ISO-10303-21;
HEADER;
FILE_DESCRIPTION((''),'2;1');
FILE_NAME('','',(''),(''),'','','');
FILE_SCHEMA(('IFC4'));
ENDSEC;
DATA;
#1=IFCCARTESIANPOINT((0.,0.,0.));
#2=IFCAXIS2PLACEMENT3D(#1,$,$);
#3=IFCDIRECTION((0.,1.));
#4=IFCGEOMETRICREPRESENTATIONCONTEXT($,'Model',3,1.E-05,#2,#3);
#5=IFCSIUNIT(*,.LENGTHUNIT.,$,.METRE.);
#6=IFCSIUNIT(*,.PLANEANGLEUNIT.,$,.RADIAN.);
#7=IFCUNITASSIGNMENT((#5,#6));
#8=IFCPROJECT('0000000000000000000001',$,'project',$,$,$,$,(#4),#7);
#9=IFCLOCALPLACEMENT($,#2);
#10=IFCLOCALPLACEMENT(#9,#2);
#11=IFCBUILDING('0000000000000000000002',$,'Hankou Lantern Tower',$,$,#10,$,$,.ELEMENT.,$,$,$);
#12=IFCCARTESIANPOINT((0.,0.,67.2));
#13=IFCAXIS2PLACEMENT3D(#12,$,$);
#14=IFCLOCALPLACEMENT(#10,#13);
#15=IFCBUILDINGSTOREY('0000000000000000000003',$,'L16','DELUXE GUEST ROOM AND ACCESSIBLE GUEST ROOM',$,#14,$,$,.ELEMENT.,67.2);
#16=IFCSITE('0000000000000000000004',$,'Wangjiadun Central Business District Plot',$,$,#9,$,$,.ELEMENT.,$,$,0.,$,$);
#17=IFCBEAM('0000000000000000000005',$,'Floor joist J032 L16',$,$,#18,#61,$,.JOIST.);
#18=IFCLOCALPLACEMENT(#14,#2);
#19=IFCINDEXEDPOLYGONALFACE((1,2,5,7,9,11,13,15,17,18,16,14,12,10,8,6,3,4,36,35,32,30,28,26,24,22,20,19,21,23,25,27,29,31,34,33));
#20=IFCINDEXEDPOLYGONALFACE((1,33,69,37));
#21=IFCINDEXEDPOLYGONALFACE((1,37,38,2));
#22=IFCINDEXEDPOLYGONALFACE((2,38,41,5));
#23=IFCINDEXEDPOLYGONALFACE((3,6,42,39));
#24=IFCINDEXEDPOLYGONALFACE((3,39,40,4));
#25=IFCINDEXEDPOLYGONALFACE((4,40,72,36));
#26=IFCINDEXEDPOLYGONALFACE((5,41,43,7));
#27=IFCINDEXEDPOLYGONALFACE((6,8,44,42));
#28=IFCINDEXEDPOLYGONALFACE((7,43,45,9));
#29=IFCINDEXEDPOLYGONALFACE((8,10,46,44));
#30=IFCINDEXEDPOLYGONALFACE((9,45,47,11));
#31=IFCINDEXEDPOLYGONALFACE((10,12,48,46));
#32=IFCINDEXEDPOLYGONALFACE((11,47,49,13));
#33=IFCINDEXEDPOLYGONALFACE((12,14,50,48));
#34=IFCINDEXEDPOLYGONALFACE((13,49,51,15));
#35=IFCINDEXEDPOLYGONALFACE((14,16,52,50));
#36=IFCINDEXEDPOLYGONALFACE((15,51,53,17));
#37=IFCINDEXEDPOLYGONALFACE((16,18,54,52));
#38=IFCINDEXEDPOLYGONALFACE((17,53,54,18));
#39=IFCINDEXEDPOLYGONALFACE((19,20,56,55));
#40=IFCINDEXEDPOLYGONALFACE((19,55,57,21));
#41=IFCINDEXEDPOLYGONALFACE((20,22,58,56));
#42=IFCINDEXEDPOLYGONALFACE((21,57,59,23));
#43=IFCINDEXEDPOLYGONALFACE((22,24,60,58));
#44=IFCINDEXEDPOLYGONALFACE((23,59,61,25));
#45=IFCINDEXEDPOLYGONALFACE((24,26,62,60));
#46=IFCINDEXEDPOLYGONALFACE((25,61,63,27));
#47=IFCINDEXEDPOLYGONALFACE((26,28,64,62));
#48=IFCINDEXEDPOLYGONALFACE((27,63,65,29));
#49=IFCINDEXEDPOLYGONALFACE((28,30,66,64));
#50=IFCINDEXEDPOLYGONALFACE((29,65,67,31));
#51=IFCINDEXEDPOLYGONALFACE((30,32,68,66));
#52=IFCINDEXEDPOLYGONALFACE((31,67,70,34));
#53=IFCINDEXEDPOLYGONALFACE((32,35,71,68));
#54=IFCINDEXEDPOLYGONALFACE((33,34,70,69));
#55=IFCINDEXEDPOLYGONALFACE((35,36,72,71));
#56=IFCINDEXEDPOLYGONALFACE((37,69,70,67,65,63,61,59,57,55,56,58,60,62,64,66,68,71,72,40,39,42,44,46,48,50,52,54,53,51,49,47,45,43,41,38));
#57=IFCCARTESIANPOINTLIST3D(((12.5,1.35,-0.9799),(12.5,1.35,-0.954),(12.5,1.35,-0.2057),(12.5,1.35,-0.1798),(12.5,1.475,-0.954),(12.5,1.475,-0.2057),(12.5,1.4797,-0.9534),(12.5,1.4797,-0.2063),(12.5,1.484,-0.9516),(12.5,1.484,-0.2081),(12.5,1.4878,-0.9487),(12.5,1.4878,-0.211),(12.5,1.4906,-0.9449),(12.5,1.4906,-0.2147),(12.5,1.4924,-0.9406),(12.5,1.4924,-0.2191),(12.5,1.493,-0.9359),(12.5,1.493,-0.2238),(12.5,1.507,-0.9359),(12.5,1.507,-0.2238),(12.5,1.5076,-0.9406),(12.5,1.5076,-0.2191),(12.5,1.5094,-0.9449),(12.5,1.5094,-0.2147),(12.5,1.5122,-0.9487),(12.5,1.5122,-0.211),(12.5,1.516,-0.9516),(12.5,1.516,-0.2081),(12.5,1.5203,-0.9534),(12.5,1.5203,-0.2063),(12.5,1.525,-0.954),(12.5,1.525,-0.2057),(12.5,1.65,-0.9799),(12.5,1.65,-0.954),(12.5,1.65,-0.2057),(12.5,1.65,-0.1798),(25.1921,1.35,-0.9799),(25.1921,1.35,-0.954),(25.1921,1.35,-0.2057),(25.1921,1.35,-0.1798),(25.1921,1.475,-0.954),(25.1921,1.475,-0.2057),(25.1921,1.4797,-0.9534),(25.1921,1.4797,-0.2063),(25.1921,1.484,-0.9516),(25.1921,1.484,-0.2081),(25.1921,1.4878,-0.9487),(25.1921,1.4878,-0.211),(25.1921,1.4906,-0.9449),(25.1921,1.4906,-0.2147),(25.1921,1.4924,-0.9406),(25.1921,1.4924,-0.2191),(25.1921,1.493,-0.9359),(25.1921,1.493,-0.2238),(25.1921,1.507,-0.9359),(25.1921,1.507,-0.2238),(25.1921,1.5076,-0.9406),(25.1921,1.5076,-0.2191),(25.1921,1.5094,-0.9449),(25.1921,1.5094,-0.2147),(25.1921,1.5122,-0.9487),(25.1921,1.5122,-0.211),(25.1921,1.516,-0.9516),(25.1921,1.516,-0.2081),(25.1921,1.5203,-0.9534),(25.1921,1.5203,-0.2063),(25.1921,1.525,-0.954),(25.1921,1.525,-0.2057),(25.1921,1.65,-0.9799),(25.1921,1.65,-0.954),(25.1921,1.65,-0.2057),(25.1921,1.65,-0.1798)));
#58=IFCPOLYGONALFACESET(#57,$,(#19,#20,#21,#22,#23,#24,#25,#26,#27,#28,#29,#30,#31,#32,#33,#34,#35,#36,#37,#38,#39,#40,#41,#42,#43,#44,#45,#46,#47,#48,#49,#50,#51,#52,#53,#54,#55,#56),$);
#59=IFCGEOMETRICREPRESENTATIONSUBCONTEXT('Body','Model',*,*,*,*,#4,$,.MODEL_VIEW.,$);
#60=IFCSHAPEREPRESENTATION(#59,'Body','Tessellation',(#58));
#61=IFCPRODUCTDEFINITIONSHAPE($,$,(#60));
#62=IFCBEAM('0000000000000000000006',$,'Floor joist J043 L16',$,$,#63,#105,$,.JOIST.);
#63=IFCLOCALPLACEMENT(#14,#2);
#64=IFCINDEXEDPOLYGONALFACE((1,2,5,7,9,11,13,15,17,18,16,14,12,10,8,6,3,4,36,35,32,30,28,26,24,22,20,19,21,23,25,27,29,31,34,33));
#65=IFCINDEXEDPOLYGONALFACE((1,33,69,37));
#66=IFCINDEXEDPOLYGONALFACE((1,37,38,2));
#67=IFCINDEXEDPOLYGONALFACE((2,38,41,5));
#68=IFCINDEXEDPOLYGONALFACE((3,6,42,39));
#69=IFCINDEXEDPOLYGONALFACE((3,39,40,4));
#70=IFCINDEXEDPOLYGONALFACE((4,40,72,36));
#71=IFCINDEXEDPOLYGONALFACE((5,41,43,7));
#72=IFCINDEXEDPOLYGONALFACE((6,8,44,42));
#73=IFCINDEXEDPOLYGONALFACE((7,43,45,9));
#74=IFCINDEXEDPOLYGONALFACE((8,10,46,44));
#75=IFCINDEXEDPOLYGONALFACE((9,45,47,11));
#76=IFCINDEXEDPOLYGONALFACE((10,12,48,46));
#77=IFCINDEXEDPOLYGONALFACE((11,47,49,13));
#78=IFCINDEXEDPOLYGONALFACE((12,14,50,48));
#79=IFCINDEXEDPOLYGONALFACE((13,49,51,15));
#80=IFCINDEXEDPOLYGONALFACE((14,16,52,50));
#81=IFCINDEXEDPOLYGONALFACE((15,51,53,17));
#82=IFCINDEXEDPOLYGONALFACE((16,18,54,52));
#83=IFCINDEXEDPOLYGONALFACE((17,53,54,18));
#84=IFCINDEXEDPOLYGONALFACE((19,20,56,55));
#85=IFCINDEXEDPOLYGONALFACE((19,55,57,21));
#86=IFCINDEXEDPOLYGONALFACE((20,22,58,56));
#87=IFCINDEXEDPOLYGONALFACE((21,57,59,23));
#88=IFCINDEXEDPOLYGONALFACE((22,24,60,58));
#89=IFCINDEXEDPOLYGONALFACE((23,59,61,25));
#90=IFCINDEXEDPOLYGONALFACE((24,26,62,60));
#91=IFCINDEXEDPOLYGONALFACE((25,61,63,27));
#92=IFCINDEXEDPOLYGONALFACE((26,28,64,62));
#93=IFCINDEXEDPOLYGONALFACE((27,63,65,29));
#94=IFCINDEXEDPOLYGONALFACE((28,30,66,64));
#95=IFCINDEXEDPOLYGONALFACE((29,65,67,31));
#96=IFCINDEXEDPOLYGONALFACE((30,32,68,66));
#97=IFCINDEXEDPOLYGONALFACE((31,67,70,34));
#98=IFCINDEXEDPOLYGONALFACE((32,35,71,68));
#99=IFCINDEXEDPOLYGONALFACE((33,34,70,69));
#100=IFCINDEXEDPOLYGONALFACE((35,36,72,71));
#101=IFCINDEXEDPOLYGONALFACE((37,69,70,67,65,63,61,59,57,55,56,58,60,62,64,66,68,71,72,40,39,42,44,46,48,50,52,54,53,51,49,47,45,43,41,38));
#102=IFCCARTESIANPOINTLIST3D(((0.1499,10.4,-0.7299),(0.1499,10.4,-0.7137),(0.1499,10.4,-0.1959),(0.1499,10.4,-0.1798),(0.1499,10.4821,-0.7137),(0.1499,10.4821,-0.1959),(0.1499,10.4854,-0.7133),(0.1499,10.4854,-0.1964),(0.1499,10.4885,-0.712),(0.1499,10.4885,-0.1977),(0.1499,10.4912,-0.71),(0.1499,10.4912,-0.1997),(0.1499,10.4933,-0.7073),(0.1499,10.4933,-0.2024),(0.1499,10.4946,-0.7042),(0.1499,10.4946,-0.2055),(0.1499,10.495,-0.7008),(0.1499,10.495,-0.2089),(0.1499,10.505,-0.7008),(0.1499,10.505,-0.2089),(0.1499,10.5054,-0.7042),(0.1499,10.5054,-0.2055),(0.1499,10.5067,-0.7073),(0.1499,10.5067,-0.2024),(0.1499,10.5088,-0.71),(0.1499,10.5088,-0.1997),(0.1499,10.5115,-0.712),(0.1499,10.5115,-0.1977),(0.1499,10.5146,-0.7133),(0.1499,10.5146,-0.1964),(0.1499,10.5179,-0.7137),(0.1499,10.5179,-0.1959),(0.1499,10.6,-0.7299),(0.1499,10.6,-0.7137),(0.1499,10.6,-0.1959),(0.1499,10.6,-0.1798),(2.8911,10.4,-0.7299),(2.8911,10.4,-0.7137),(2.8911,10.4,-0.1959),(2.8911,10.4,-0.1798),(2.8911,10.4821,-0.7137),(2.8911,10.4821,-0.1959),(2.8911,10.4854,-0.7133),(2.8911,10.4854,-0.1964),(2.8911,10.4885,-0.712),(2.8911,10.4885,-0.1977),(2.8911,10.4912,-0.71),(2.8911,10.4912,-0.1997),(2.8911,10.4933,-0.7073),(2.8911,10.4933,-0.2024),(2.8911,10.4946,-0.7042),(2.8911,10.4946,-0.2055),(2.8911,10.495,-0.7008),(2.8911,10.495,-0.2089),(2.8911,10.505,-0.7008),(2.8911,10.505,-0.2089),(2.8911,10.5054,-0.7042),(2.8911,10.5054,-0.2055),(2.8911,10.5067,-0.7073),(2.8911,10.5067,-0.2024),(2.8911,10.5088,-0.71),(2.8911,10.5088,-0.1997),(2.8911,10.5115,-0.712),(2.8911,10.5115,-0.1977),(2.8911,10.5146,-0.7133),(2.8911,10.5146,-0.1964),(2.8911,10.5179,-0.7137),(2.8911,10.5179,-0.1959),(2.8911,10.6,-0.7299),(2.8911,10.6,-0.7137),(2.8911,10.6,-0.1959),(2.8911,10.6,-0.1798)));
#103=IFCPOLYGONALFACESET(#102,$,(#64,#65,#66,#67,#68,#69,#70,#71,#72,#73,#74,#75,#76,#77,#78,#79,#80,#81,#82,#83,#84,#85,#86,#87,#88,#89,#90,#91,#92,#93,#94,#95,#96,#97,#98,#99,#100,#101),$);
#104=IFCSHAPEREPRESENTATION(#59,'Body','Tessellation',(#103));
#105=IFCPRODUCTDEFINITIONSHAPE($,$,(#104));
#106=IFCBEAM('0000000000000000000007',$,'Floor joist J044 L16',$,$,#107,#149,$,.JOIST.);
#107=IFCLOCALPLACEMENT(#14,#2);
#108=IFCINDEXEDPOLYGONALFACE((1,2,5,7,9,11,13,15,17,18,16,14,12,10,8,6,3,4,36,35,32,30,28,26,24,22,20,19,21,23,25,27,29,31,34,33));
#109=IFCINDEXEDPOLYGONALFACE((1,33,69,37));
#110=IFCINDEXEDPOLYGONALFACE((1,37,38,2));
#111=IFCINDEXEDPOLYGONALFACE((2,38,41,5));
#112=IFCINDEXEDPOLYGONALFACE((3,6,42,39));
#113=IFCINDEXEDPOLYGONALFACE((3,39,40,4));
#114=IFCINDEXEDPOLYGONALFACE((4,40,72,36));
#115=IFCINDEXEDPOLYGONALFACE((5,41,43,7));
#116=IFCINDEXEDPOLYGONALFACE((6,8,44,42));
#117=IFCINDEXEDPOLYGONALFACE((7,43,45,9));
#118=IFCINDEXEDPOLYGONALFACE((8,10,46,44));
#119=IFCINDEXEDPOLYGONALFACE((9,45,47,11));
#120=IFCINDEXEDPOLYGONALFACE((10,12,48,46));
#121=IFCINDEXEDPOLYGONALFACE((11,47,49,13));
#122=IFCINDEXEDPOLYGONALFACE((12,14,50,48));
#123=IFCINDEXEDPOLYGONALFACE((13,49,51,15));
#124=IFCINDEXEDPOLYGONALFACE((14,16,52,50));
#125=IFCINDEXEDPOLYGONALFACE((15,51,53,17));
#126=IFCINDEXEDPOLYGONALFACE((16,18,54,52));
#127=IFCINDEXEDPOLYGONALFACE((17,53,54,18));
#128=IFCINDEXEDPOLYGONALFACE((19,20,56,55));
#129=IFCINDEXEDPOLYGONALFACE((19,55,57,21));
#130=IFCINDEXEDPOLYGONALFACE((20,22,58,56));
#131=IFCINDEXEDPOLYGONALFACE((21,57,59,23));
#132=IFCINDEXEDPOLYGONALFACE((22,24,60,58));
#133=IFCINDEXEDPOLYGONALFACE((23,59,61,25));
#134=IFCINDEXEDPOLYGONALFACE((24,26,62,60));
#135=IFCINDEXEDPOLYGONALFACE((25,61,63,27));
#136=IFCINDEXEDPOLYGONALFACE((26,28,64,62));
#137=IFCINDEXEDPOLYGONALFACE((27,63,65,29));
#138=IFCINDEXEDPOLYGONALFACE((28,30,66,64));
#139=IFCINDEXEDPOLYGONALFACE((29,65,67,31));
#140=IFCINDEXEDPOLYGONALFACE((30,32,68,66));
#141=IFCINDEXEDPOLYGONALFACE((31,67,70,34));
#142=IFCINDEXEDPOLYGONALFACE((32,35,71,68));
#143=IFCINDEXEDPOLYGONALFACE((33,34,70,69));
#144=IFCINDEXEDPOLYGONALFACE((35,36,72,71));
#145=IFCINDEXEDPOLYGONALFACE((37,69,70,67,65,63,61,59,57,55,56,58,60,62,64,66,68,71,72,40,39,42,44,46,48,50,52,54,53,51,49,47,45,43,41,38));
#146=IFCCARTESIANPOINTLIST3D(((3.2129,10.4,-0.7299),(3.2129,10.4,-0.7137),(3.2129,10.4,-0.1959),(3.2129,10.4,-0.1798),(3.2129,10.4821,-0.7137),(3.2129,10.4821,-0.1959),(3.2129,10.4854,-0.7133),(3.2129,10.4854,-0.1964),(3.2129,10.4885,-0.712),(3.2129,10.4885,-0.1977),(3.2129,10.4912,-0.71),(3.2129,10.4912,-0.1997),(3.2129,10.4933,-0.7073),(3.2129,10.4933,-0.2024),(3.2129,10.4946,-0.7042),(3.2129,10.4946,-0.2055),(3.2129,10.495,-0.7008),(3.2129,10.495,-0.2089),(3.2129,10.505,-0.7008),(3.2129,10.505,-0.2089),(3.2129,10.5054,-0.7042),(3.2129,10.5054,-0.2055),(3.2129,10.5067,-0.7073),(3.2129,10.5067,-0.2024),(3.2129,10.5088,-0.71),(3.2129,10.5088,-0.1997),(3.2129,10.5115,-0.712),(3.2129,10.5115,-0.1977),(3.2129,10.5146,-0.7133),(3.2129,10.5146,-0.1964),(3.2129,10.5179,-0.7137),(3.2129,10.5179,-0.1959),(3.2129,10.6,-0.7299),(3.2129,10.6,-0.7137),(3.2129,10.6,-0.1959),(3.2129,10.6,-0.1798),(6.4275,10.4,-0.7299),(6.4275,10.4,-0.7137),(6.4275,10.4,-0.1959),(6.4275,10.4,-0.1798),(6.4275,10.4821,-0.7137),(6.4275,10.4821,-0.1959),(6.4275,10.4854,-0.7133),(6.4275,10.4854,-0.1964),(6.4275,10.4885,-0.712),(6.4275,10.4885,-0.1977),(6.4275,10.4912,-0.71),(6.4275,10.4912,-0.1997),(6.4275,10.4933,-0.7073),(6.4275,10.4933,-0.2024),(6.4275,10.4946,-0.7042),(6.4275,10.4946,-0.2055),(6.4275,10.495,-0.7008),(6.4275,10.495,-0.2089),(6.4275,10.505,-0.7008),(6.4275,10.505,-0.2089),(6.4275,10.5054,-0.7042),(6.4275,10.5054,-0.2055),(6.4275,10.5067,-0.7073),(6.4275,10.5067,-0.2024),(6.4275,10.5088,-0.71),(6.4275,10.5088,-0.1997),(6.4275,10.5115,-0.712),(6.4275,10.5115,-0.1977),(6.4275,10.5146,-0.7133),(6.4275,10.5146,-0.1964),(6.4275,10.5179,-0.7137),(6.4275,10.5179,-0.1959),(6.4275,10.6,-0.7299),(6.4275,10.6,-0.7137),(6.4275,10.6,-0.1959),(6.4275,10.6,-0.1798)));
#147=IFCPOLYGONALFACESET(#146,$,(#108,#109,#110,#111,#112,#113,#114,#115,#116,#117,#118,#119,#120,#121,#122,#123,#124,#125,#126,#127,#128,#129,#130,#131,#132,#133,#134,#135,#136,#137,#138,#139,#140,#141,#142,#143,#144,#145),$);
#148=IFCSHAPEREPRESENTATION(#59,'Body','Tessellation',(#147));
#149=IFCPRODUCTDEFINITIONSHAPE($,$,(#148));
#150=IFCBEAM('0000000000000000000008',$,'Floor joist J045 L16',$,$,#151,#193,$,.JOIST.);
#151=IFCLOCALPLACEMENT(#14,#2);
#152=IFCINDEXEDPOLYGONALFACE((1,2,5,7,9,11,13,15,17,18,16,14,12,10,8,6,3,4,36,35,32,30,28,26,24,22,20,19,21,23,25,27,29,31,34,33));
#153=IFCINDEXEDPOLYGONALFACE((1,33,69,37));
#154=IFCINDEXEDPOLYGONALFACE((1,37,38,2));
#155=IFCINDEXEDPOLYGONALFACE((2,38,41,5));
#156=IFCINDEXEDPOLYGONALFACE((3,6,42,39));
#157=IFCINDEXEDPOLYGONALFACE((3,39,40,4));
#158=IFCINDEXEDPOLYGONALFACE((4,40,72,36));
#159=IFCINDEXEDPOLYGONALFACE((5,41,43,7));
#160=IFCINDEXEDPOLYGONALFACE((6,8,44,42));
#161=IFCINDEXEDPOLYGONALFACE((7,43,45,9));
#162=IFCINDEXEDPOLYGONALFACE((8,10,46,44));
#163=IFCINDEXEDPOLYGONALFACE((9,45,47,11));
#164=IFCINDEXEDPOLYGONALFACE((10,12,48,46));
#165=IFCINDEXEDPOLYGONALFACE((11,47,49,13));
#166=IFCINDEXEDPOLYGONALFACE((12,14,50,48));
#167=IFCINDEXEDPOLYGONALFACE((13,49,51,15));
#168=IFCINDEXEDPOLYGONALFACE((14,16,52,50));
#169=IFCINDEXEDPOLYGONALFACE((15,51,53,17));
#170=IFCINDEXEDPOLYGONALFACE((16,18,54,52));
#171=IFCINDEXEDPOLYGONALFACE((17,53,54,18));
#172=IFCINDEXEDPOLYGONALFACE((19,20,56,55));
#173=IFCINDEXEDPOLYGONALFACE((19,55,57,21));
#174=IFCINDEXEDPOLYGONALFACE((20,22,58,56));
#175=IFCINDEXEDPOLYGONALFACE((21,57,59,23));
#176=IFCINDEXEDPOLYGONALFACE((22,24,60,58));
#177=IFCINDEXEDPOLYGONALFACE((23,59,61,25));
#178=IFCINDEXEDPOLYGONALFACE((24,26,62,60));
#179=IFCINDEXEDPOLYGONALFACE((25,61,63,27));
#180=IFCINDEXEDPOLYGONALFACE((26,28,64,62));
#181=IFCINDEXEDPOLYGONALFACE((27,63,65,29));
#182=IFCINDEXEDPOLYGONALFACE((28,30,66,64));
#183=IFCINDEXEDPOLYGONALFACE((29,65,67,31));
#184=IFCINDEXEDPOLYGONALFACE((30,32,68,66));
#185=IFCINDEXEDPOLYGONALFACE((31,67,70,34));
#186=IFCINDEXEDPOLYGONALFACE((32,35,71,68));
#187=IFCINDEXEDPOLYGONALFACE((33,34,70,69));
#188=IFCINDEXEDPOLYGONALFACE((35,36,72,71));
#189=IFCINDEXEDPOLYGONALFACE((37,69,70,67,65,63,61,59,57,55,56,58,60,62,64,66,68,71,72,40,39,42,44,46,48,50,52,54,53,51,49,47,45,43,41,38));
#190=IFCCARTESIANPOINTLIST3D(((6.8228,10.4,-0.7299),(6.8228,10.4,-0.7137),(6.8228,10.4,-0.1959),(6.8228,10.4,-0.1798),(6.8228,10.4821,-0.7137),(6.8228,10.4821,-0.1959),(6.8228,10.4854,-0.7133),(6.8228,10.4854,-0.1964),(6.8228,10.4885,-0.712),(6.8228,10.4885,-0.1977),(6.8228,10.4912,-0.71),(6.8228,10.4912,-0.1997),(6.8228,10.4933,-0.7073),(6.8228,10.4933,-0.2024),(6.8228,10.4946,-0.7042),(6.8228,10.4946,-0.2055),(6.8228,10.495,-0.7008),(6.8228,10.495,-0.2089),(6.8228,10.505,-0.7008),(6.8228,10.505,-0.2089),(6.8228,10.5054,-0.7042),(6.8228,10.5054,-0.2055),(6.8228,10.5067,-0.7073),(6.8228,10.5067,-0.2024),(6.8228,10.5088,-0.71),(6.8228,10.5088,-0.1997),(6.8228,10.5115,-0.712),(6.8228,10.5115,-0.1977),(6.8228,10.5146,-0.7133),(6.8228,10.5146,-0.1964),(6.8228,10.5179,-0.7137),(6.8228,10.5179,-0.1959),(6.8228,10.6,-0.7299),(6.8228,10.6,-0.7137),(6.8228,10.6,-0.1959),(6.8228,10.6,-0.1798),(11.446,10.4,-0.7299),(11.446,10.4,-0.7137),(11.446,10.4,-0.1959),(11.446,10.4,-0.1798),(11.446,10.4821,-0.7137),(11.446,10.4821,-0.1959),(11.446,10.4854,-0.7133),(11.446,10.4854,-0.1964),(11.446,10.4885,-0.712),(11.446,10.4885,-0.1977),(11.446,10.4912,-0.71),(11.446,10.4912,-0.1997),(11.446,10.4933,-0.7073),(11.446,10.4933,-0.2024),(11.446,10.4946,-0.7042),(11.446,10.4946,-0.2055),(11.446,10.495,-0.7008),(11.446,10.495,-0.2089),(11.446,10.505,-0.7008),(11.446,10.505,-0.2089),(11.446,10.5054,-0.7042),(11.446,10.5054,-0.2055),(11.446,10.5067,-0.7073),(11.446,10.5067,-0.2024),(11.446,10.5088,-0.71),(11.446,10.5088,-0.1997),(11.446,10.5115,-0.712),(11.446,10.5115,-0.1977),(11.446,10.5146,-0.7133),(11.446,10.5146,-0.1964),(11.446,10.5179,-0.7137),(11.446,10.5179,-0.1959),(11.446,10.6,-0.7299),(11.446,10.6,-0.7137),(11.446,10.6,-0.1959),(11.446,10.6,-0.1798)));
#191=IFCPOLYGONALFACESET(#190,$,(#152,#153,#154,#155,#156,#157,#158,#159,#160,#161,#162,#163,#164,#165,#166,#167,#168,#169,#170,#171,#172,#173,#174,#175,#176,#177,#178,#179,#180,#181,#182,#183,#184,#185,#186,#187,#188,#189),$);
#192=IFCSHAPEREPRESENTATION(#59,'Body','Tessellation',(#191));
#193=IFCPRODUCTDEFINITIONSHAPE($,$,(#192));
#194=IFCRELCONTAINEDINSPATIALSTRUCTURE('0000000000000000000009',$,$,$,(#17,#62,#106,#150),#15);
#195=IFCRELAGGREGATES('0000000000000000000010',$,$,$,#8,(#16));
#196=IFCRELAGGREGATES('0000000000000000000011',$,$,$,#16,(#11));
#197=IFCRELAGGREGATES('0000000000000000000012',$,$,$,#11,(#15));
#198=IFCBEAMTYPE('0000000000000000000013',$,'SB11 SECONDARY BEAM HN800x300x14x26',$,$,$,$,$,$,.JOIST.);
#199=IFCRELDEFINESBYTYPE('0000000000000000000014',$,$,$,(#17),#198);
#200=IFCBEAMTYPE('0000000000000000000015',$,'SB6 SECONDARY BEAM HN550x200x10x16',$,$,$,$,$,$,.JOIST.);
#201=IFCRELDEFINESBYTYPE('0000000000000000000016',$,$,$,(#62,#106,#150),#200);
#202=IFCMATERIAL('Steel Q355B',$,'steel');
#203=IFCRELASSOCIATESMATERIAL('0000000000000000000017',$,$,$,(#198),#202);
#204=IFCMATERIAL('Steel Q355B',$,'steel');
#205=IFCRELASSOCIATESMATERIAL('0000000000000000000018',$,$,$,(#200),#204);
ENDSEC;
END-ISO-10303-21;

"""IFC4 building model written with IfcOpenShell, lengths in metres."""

from ifc_helpers import new_model, si_unit, direction, frame, origin, origin_2d, place, context, subcontext, project, spatial, i_section, extrude, material, material_profile, profile_set, type_object, element, save


model = new_model("IFC4")

# Units and contexts
model_context = context("Model", 3, precision=1e-05, world=origin(), true_north=direction((0.0, 1.0)))
body_context = subcontext(model_context, "Body", "Model", "MODEL_VIEW")
ifc_project = project(units=[si_unit("LENGTHUNIT", "METRE"), si_unit("PLANEANGLEUNIT", "RADIAN")], contexts=[model_context])

# Site, building, storey
site_placement = place(None, origin())
site = spatial("IfcSite", under=ifc_project, at=site_placement, Name="Wangjiadun Central Business District Plot", CompositionType="ELEMENT", RefElevation=0.0)
building_placement = place(site_placement, origin())
building = spatial("IfcBuilding", under=site, at=building_placement, Name="Hankou Lantern Tower", CompositionType="ELEMENT")
storey_placement = place(building_placement, frame((0.0, 0.0, 67.2)))
storey = spatial("IfcBuildingStorey", under=building, at=storey_placement, Name="L16", Description="DELUXE GUEST ROOM AND ACCESSIBLE GUEST ROOM", CompositionType="ELEMENT", Elevation=67.2)

# Beams
ifc_material_1 = material(Name="Steel Q355B", Category="steel")
ifc_material_profile_1 = material_profile(ifc_material_1, i_section(OverallWidth=0.3, OverallDepth=0.8, WebThickness=0.0139, FlangeThickness=0.0259, FilletRadius=0.0181, at=origin_2d()), Name="HN800x300x14x26")
ifc_profile_set_1 = profile_set([ifc_material_profile_1], Name="Steel Q355B")
beam_type_1 = type_object("IfcBeamType", Name="SB11 SECONDARY BEAM HN800x300x14x26", PredefinedType="JOIST", material=ifc_profile_set_1)
for number, where, z_axis, x_axis, name in (
    (1, (12.5, 1.5, -0.5798), (1.0, 0.0, 0.0), (0.0, 1.0, 0.0), "Floor joist J032 L16"),
):
    element("IfcBeam", number, at=place(storey_placement, frame(where, z_axis=z_axis, x_axis=x_axis)), inside=storey, type_object=beam_type_1, Name=name, PredefinedType="JOIST", context=body_context, shape_type="SweptSolid", body=[
        extrude(i_section(OverallWidth=0.3, OverallDepth=0.8, WebThickness=0.0139, FlangeThickness=0.0259, FilletRadius=0.0181, at=origin_2d()), origin(), (0.0, 0.0, 1.0), 12.6921),
    ])
ifc_material_2 = material(Name="Steel Q355B", Category="steel")
ifc_material_profile_2 = material_profile(ifc_material_2, i_section(OverallWidth=0.2, OverallDepth=0.55, WebThickness=0.01, FlangeThickness=0.0161, FilletRadius=0.0129, at=origin_2d()), Name="HN550x200x10x16")
ifc_profile_set_2 = profile_set([ifc_material_profile_2], Name="Steel Q355B")
beam_type_2 = type_object("IfcBeamType", Name="SB6 SECONDARY BEAM HN550x200x10x16", PredefinedType="JOIST", material=ifc_profile_set_2)
beam_1_placement = place(storey_placement, frame((0.1499, 10.5, -0.4548), z_axis=(1.0, 0.0, 0.0), x_axis=(0.0, 1.0, 0.0)))
element("IfcBeam", 2, at=beam_1_placement, inside=storey, type_object=beam_type_2, Name="Floor joist J043 L16", PredefinedType="JOIST", context=body_context, shape_type="SweptSolid", body=[
    extrude(i_section(OverallWidth=0.2, OverallDepth=0.55, WebThickness=0.01, FlangeThickness=0.0161, FilletRadius=0.0129, at=origin_2d()), origin(), (0.0, 0.0, 1.0), 2.7412),
])
beam_2_placement = place(storey_placement, frame((3.2129, 10.5, -0.4548), z_axis=(1.0, 0.0, 0.0), x_axis=(0.0, 1.0, 0.0)))
element("IfcBeam", 3, at=beam_2_placement, inside=storey, type_object=beam_type_2, Name="Floor joist J044 L16", PredefinedType="JOIST", context=body_context, shape_type="SweptSolid", body=[
    extrude(i_section(OverallWidth=0.2, OverallDepth=0.55, WebThickness=0.01, FlangeThickness=0.0161, FilletRadius=0.0129, at=origin_2d()), origin(), (0.0, 0.0, 1.0), 3.2146),
])
beam_3_placement = place(storey_placement, frame((6.8228, 10.5, -0.4548), z_axis=(1.0, 0.0, 0.0), x_axis=(0.0, 1.0, 0.0)))
element("IfcBeam", 4, at=beam_3_placement, inside=storey, type_object=beam_type_2, Name="Floor joist J045 L16", PredefinedType="JOIST", context=body_context, shape_type="SweptSolid", body=[
    extrude(i_section(OverallWidth=0.2, OverallDepth=0.55, WebThickness=0.01, FlangeThickness=0.0161, FilletRadius=0.0129, at=origin_2d()), origin(), (0.0, 0.0, 1.0), 4.6233),
])

save(model, "model.ifc")
